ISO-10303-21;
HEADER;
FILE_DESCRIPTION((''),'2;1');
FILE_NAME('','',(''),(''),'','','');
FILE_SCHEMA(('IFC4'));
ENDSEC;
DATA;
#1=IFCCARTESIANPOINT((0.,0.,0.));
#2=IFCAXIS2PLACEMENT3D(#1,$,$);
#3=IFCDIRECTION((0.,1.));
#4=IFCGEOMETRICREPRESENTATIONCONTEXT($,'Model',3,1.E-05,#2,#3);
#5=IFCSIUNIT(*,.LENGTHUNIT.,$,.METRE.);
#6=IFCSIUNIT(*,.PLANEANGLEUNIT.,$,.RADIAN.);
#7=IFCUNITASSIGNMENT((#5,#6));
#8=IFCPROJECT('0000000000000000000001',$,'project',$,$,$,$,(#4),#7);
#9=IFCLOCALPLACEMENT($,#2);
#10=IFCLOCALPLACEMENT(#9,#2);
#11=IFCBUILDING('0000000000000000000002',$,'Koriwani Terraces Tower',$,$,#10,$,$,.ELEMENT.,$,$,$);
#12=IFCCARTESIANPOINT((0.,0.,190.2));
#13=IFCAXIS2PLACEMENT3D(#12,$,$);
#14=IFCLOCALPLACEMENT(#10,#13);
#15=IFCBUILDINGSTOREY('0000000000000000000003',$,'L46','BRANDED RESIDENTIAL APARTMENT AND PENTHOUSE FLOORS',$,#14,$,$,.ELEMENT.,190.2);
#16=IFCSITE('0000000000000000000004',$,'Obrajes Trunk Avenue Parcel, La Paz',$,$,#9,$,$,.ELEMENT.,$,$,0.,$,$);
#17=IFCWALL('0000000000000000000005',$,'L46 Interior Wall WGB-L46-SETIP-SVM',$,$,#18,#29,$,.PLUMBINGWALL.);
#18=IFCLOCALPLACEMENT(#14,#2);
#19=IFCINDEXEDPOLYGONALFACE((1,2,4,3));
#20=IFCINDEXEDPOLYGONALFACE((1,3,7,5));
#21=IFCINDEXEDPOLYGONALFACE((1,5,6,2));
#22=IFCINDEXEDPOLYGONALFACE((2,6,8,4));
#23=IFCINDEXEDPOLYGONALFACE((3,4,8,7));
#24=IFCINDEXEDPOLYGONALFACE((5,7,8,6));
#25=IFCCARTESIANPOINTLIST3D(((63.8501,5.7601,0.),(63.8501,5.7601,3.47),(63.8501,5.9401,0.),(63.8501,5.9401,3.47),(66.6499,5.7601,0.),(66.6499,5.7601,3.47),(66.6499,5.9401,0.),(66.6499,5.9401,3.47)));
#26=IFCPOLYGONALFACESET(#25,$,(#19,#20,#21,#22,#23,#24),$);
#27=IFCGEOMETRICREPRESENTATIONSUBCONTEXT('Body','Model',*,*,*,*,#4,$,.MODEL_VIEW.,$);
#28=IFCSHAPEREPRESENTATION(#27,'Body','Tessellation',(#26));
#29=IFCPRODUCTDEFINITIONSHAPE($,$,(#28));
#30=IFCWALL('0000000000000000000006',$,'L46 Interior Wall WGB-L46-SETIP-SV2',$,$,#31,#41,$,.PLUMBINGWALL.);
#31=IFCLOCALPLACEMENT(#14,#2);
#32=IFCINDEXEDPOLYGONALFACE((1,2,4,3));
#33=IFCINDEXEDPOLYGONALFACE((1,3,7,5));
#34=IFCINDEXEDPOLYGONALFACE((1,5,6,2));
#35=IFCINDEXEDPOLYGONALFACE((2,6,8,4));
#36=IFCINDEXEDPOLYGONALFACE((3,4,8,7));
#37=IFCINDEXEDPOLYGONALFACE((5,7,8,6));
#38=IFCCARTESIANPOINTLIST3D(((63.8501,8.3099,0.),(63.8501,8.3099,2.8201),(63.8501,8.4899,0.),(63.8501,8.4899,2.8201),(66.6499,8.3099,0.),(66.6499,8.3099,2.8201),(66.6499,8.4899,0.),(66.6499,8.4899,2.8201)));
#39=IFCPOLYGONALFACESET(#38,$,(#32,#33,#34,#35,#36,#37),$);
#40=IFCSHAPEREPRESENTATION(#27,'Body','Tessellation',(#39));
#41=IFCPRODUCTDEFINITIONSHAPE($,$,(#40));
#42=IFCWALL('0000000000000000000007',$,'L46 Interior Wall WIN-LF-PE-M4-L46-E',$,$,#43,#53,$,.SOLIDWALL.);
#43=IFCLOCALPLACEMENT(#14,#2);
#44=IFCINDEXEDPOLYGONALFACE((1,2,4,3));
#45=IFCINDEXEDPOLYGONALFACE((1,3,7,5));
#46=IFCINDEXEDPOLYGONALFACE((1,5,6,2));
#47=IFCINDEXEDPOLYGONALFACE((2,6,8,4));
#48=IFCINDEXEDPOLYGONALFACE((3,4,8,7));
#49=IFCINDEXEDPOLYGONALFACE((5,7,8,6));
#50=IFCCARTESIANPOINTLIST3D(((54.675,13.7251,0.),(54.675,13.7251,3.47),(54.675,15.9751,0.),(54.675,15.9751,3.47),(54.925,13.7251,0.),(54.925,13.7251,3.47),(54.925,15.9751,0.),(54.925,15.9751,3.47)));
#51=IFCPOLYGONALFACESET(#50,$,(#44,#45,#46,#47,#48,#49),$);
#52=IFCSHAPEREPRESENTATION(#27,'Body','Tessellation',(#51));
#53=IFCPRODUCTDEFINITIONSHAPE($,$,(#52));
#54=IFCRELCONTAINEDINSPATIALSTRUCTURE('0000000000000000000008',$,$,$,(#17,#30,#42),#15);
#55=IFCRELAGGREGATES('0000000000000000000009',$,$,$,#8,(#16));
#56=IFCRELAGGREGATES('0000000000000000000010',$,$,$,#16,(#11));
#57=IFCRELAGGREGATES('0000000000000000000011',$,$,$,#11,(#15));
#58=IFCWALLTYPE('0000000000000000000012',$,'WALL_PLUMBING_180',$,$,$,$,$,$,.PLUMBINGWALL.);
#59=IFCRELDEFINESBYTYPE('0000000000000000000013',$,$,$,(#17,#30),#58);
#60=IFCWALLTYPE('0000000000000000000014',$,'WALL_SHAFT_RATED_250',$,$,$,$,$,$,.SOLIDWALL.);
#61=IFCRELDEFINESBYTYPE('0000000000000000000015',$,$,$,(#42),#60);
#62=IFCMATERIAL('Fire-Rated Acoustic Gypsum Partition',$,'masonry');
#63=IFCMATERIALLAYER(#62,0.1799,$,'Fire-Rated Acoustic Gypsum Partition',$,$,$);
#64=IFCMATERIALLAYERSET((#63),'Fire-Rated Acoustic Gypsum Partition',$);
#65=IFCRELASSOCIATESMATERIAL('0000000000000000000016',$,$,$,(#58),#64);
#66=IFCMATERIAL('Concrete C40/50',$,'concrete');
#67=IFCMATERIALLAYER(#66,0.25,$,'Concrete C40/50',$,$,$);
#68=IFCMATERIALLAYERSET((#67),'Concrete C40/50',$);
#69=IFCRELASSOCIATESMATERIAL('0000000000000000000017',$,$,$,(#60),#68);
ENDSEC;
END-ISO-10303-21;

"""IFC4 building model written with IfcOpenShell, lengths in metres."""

from ifc_helpers import new_model, si_unit, direction, frame, frame_2d, origin, place, context, subcontext, project, spatial, rectangle, extrude, material, layer, layer_set, type_object, element, save


model = new_model("IFC4")

# Units and contexts
model_context = context("Model", 3, precision=1e-05, world=origin(), true_north=direction((0.0, 1.0)))
body_context = subcontext(model_context, "Body", "Model", "MODEL_VIEW")
ifc_project = project(units=[si_unit("LENGTHUNIT", "METRE"), si_unit("PLANEANGLEUNIT", "RADIAN")], contexts=[model_context])

# Site, building, storey
site_placement = place(None, origin())
site = spatial("IfcSite", under=ifc_project, at=site_placement, Name="Obrajes Trunk Avenue Parcel, La Paz", CompositionType="ELEMENT", RefElevation=0.0)
building_placement = place(site_placement, origin())
building = spatial("IfcBuilding", under=site, at=building_placement, Name="Koriwani Terraces Tower", CompositionType="ELEMENT")
storey_placement = place(building_placement, frame((0.0, 0.0, 190.2)))
storey = spatial("IfcBuildingStorey", under=building, at=storey_placement, Name="L46", Description="BRANDED RESIDENTIAL APARTMENT AND PENTHOUSE FLOORS", CompositionType="ELEMENT", Elevation=190.2)

# Shared definitions
ifc_material_1 = material(Name="Concrete C40/50", Category="concrete")

# Walls
ifc_material_2 = material(Name="Fire-Rated Acoustic Gypsum Partition", Category="masonry")
ifc_layer_1 = layer(ifc_material_2, 0.1799, Name="Fire-Rated Acoustic Gypsum Partition")
ifc_layer_set_1 = layer_set([ifc_layer_1], Name="Fire-Rated Acoustic Gypsum Partition")
wall_type_1 = type_object("IfcWallType", Name="WALL_PLUMBING_180", PredefinedType="PLUMBINGWALL", material=ifc_layer_set_1)
wall_1_placement = place(storey_placement, frame((63.8501, 5.8501, 0.0), z_axis=(0.0, 0.0, 1.0), x_axis=(1.0, 0.0, 0.0)))
element("IfcWall", 1, at=wall_1_placement, inside=storey, type_object=wall_type_1, Name="L46 Interior Wall WGB-L46-SETIP-SVM", PredefinedType="PLUMBINGWALL", context=body_context, shape_type="SweptSolid", body=[
    extrude(rectangle(XDim=2.7998, YDim=0.1799, at=frame_2d((1.3999, 0.0))), origin(), (0.0, 0.0, 1.0), 3.47),
])
wall_2_placement = place(storey_placement, frame((63.8501, 8.3999, 0.0), z_axis=(0.0, 0.0, 1.0), x_axis=(1.0, 0.0, 0.0)))
element("IfcWall", 2, at=wall_2_placement, inside=storey, type_object=wall_type_1, Name="L46 Interior Wall WGB-L46-SETIP-SV2", PredefinedType="PLUMBINGWALL", context=body_context, shape_type="SweptSolid", body=[
    extrude(rectangle(XDim=2.7998, YDim=0.1799, at=frame_2d((1.3999, 0.0))), origin(), (0.0, 0.0, 1.0), 2.8201),
])
ifc_layer_2 = layer(ifc_material_1, 0.25, Name="Concrete C40/50")
ifc_layer_set_2 = layer_set([ifc_layer_2], Name="Concrete C40/50")
wall_type_2 = type_object("IfcWallType", Name="WALL_SHAFT_RATED_250", PredefinedType="SOLIDWALL", material=ifc_layer_set_2)
wall_3_placement = place(storey_placement, frame((54.8, 13.7251, 0.0), z_axis=(0.0, 0.0, 1.0), x_axis=(0.0, 1.0, 0.0)))
element("IfcWall", 3, at=wall_3_placement, inside=storey, type_object=wall_type_2, Name="L46 Interior Wall WIN-LF-PE-M4-L46-E", PredefinedType="SOLIDWALL", context=body_context, shape_type="SweptSolid", body=[
    extrude(rectangle(XDim=2.25, YDim=0.25, at=frame_2d((1.125, 0.0))), origin(), (0.0, 0.0, 1.0), 3.47),
])

save(model, "model.ifc")
